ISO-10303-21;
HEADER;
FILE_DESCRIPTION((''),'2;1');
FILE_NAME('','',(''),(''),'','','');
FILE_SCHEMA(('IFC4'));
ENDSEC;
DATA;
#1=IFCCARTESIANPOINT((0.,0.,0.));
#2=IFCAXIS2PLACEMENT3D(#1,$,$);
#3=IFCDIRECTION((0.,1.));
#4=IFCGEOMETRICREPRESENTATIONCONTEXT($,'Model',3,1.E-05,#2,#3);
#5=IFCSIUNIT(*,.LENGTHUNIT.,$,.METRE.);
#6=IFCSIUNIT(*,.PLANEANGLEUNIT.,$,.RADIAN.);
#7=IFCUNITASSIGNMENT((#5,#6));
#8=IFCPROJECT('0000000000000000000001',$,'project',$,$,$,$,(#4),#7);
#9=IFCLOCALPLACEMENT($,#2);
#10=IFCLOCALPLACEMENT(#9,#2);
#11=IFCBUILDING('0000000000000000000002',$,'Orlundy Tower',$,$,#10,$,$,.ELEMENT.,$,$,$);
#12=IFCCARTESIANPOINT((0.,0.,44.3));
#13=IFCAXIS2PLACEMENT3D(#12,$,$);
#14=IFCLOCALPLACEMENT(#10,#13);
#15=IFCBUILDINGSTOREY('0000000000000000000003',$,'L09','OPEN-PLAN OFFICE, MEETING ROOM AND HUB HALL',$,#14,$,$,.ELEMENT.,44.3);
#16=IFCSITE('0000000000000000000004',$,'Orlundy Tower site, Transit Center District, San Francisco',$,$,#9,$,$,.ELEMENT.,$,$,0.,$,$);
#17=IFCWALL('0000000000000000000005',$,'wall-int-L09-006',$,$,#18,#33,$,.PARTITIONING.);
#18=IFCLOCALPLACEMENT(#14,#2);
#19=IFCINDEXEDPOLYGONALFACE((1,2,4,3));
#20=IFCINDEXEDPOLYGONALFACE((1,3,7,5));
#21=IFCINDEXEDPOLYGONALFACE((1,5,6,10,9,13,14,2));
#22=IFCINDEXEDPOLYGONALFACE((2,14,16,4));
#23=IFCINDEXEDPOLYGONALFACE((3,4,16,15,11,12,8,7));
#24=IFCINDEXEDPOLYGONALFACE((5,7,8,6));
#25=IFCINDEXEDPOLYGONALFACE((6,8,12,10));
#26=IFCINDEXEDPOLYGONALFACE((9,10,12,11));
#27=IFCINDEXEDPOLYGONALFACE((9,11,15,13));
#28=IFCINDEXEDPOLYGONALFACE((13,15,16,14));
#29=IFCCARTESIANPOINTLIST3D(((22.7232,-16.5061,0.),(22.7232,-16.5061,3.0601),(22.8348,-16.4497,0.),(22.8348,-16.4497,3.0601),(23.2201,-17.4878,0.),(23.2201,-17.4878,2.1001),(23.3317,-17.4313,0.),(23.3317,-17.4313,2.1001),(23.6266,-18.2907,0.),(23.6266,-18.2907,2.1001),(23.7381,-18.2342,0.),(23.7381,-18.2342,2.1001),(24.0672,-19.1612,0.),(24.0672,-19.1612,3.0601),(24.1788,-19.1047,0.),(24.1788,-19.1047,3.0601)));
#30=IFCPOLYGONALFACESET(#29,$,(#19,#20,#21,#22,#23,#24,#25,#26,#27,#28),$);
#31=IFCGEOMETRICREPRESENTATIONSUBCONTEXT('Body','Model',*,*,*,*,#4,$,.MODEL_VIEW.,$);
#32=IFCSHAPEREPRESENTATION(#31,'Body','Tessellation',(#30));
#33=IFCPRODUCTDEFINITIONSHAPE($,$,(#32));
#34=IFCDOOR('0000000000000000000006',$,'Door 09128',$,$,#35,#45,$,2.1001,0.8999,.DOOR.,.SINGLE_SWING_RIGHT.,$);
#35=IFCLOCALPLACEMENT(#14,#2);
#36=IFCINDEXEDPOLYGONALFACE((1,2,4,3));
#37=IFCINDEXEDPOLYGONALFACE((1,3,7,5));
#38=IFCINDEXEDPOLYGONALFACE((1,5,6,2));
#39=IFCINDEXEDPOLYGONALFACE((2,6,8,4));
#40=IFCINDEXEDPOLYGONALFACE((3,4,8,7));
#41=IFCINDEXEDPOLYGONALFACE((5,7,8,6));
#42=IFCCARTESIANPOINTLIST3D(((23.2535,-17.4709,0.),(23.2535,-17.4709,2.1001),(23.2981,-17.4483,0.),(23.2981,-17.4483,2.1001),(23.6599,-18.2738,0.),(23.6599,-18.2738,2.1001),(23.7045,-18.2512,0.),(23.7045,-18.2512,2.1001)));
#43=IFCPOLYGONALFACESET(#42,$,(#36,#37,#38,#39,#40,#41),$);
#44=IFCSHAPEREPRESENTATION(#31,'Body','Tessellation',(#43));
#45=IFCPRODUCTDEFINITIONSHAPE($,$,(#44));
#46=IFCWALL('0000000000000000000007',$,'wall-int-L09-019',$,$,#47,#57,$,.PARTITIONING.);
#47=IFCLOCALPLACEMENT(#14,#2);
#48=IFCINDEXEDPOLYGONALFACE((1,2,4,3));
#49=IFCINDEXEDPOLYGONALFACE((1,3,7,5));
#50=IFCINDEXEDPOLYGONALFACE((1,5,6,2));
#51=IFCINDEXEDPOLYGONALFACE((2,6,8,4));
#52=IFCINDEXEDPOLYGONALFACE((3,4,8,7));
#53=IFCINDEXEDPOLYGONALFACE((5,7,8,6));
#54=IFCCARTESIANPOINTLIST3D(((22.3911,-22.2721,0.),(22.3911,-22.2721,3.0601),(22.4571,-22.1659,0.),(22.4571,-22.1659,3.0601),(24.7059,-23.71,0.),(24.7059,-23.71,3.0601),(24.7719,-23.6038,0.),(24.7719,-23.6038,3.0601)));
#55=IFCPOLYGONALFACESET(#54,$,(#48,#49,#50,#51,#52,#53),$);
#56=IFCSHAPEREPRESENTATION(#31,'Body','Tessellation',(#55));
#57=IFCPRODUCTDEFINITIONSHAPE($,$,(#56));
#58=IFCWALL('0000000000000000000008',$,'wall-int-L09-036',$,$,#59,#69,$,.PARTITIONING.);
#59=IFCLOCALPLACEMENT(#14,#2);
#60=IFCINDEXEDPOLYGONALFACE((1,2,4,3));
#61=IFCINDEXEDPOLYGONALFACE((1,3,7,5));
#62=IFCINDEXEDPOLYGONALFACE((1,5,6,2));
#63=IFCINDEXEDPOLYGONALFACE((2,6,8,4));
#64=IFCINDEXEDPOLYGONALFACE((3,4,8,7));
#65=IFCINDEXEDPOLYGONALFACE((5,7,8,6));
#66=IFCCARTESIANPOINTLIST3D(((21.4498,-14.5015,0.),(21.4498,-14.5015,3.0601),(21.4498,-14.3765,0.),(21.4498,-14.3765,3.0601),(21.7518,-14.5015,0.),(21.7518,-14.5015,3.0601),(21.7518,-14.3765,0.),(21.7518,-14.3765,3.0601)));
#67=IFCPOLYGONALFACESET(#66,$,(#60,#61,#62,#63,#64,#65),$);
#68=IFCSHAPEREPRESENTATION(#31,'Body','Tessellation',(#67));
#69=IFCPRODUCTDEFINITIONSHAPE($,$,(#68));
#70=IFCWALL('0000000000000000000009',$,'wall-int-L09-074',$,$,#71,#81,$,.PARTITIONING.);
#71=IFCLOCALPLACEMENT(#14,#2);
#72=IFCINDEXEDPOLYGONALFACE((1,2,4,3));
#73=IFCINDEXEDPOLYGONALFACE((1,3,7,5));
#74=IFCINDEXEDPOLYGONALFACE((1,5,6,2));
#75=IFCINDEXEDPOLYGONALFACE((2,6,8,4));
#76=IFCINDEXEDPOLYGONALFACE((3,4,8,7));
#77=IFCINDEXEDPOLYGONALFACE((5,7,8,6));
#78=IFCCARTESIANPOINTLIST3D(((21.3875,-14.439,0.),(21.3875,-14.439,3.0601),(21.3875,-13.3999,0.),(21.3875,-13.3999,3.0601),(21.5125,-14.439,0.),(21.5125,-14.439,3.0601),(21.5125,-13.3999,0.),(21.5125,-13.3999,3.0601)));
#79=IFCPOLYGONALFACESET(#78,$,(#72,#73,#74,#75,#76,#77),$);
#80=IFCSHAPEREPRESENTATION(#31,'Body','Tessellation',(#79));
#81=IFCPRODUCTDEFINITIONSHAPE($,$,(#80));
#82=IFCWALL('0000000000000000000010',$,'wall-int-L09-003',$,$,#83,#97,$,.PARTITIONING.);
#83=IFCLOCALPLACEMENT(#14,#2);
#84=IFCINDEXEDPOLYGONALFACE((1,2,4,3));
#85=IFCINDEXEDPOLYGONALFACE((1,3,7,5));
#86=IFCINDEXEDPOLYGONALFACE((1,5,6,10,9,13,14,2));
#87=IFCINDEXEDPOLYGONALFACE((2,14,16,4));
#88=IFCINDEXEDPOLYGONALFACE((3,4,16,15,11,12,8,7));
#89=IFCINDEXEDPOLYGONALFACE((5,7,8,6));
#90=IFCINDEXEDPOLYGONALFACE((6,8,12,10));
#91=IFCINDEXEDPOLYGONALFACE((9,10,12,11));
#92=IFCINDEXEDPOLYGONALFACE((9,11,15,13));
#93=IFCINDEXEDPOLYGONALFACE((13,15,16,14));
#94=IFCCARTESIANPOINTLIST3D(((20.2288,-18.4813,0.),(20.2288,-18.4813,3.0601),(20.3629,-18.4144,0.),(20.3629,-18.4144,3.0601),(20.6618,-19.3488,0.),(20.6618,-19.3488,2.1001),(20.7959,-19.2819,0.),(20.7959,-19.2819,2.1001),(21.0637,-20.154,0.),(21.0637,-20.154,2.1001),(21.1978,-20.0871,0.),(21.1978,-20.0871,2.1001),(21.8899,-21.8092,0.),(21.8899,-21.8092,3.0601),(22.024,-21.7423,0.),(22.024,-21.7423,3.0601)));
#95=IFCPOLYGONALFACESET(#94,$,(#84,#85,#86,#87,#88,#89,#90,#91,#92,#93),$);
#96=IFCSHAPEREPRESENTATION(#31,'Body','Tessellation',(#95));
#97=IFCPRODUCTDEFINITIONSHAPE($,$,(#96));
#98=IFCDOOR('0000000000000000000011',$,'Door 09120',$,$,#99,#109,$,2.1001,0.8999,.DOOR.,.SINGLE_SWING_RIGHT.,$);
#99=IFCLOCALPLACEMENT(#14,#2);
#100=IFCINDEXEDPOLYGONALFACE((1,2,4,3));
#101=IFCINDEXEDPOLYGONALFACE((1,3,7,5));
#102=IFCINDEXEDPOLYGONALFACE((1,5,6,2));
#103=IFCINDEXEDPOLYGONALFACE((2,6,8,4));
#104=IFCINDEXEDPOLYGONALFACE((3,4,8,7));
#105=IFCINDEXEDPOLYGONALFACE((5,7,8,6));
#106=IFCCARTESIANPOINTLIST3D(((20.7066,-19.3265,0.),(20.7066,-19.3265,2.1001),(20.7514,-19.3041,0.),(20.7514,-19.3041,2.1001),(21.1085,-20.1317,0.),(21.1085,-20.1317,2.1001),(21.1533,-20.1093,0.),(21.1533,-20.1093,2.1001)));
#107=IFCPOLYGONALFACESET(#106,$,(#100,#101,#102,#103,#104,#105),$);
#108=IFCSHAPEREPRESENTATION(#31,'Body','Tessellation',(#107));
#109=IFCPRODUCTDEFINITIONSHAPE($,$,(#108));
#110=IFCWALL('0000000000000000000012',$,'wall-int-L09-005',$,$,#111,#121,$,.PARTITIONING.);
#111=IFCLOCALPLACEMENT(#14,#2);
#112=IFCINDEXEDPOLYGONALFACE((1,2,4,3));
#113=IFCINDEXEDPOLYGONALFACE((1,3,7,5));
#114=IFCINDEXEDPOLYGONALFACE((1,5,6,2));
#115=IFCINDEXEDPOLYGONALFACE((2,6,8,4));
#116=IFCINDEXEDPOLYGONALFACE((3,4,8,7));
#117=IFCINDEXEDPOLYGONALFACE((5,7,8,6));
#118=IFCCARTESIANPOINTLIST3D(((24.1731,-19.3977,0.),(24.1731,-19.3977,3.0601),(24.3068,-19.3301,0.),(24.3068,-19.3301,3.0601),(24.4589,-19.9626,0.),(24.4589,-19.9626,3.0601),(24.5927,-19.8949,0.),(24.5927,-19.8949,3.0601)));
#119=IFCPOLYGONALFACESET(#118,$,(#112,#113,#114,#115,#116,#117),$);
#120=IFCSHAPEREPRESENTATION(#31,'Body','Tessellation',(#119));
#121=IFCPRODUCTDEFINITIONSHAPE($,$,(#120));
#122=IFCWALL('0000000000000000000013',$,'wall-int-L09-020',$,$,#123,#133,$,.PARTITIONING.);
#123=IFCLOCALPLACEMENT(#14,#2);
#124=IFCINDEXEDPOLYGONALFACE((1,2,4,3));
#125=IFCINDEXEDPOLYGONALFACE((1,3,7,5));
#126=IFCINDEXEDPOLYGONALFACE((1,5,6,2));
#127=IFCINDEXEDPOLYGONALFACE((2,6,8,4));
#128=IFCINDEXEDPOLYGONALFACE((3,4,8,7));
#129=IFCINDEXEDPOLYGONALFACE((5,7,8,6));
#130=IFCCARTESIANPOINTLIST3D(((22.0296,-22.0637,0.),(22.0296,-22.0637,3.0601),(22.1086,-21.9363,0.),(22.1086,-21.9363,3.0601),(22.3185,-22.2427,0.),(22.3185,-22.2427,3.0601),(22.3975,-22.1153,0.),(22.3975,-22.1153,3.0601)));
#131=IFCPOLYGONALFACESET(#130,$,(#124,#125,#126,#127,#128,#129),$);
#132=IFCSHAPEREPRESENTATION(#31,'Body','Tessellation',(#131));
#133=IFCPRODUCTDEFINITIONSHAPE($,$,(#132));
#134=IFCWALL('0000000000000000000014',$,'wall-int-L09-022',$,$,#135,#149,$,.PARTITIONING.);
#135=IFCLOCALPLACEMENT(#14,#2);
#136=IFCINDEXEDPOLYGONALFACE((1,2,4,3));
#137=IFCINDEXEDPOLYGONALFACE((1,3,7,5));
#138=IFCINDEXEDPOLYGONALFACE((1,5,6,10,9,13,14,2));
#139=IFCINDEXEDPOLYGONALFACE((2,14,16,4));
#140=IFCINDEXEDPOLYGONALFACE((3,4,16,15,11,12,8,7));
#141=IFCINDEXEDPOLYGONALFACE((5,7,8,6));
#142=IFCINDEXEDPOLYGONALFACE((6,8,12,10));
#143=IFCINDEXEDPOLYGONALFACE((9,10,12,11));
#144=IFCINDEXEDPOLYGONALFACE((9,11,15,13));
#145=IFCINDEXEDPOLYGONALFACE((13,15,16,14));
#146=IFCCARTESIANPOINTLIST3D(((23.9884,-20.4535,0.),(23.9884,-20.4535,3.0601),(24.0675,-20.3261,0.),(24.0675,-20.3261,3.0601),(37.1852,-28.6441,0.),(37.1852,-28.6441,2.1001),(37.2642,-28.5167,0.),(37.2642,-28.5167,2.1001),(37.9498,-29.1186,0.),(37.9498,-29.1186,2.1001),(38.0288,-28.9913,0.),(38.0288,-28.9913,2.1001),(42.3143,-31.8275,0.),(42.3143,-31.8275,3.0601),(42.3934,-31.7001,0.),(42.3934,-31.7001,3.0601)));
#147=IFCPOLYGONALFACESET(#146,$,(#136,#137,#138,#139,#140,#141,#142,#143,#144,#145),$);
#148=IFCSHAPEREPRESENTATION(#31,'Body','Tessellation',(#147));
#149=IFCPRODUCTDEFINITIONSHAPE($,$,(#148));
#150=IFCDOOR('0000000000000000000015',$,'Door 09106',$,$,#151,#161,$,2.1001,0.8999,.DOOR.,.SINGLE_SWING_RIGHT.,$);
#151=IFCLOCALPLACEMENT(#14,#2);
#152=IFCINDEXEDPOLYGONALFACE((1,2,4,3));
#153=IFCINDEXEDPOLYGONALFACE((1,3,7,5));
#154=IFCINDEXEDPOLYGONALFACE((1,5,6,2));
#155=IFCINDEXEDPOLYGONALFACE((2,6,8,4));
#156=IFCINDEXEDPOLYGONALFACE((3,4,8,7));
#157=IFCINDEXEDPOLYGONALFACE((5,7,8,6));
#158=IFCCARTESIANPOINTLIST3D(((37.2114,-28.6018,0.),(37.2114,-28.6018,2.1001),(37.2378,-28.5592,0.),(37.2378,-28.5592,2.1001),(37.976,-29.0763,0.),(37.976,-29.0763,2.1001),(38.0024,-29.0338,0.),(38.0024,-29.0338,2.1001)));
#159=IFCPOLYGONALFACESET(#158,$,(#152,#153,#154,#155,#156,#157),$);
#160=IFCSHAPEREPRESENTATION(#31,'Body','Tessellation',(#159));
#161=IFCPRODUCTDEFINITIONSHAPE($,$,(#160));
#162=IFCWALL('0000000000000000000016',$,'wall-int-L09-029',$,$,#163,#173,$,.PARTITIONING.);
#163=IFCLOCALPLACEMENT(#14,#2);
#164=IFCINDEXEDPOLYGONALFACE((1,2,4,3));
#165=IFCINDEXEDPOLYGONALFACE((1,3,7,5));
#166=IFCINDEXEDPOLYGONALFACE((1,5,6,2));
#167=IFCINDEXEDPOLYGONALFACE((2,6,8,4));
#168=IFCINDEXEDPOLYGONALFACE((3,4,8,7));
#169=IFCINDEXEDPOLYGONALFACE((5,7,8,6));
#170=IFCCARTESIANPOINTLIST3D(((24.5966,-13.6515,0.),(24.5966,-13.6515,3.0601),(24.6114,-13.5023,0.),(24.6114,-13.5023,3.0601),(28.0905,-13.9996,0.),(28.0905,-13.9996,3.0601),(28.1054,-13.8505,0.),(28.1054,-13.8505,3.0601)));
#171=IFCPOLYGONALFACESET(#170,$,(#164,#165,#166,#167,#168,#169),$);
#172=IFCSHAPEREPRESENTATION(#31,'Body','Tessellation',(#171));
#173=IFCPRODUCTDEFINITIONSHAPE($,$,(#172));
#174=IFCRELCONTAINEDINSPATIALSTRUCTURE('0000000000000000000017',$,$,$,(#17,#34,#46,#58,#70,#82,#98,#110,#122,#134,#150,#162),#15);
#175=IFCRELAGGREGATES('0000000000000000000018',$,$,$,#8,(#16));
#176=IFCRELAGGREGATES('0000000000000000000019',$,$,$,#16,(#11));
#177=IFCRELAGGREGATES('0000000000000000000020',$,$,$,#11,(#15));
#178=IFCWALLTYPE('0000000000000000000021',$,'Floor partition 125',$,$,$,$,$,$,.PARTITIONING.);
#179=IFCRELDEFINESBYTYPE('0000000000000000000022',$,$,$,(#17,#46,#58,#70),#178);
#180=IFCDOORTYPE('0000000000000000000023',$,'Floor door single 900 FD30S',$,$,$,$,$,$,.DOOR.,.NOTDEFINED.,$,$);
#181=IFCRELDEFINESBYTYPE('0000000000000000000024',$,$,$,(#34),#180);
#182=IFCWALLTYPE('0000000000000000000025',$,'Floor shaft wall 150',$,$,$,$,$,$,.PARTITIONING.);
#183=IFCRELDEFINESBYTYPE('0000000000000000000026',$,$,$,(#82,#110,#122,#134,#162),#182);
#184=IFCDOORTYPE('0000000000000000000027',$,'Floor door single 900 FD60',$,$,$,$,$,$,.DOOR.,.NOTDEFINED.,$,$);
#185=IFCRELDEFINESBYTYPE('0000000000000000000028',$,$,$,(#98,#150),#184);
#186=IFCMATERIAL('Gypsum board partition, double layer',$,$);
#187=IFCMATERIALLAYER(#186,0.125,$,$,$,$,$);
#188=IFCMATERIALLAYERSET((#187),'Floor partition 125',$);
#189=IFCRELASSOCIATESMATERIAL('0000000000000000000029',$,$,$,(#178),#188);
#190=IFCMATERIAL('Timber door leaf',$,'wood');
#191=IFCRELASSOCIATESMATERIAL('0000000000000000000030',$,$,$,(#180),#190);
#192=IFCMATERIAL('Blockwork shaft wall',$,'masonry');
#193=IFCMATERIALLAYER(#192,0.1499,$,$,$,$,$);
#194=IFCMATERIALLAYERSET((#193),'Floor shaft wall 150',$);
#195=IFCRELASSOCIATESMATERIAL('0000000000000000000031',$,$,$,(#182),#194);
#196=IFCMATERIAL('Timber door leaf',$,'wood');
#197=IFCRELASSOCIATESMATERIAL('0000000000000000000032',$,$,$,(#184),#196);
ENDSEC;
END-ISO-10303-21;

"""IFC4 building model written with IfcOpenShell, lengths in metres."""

from ifc_helpers import new_model, si_unit, direction, frame, frame_2d, origin, place, context, subcontext, project, spatial, rectangle, extrude, material, layer, layer_set, type_object, element, fill, save


model = new_model("IFC4")

# Units and contexts
model_context = context("Model", 3, precision=1e-05, world=origin(), true_north=direction((0.0, 1.0)))
body_context = subcontext(model_context, "Body", "Model", "MODEL_VIEW")
ifc_project = project(units=[si_unit("LENGTHUNIT", "METRE"), si_unit("PLANEANGLEUNIT", "RADIAN")], contexts=[model_context])

# Site, building, storey
site_placement = place(None, origin())
site = spatial("IfcSite", under=ifc_project, at=site_placement, Name="Orlundy Tower site, Transit Center District, San Francisco", CompositionType="ELEMENT", RefElevation=0.0)
building_placement = place(site_placement, origin())
building = spatial("IfcBuilding", under=site, at=building_placement, Name="Orlundy Tower", CompositionType="ELEMENT")
storey_placement = place(building_placement, frame((0.0, 0.0, 44.3)))
storey = spatial("IfcBuildingStorey", under=building, at=storey_placement, Name="L09", Description="OPEN-PLAN OFFICE, MEETING ROOM AND HUB HALL", CompositionType="ELEMENT", Elevation=44.3)

# Shared definitions
ifc_material_1 = material(Name="Gypsum board partition, double layer")
ifc_layer_1 = layer(ifc_material_1, 0.125)
ifc_layer_set_1 = layer_set([ifc_layer_1], Name="Floor partition 125")
wall_type_1 = type_object("IfcWallType", Name="Floor partition 125", PredefinedType="PARTITIONING", material=ifc_layer_set_1)

# Wall, opening, door
wall_1_placement = place(storey_placement, frame((22.7791, -16.478, 0.0), z_axis=(0.0, 0.0, 1.0), x_axis=(0.451638, -0.892201, 0.0)))
wall_1 = element("IfcWall", 1, at=wall_1_placement, inside=storey, type_object=wall_type_1, Name="wall-int-L09-006", PredefinedType="PARTITIONING", context=body_context, shape_type="SweptSolid", body=[
    extrude(rectangle(XDim=2.9758, YDim=0.125, at=frame_2d((1.4878, 0.0))), origin(), (0.0, 0.0, 1.0), 3.0601),
])
opening_1_placement = place(wall_1_placement, frame((1.1001, 0.0, 0.0)))
opening_1 = element("IfcOpeningElement", 2, at=opening_1_placement, cuts=wall_1, PredefinedType="OPENING", context=body_context, shape_type="SweptSolid", body=[
    extrude(rectangle(XDim=0.8999, YDim=2.1001, at=frame_2d((0.45, 1.05))), frame((0.0, 0.0725, 0.0), z_axis=(0.0, -1.0, 0.0), x_axis=(1.0, 0.0, 0.0)), (0.0, 0.0, 1.0), 0.145),
])
ifc_material_2 = material(Name="Timber door leaf", Category="wood")
door_type_1 = type_object("IfcDoorType", Name="Floor door single 900 FD30S", OperationType="NOTDEFINED", PredefinedType="DOOR", material=ifc_material_2)
door_1_placement = place(opening_1_placement, origin())
door_1 = element("IfcDoor", 3, at=door_1_placement, inside=storey, type_object=door_type_1, Name="Door 09128", OperationType="SINGLE_SWING_RIGHT", OverallHeight=2.1001, OverallWidth=0.8999, PredefinedType="DOOR", context=body_context, shape_type="SweptSolid", body=[
    extrude(rectangle(XDim=0.8999, YDim=2.1001, at=frame_2d((0.45, 1.05))), frame((0.0, 0.0249, 0.0), z_axis=(0.0, -1.0, 0.0), x_axis=(1.0, 0.0, 0.0)), (0.0, 0.0, 1.0), 0.05),
])
fill(opening_1, door_1)

# Walls
wall_2_placement = place(storey_placement, frame((22.4241, -22.219, 0.0), z_axis=(0.0, 0.0, 1.0), x_axis=(0.849455, -0.527662, 0.0)))
element("IfcWall", 4, at=wall_2_placement, inside=storey, type_object=wall_type_1, Name="wall-int-L09-019", PredefinedType="PARTITIONING", context=body_context, shape_type="SweptSolid", body=[
    extrude(rectangle(XDim=2.7251, YDim=0.125, at=frame_2d((1.3625, 0.0))), origin(), (0.0, 0.0, 1.0), 3.0601),
])
wall_3_placement = place(storey_placement, frame((21.45, -14.439, 0.0), z_axis=(0.0, 0.0, 1.0), x_axis=(1.0, 0.0, 0.0)))
element("IfcWall", 5, at=wall_3_placement, inside=storey, type_object=wall_type_1, Name="wall-int-L09-036", PredefinedType="PARTITIONING", context=body_context, shape_type="SweptSolid", body=[
    extrude(rectangle(XDim=0.302, YDim=0.125, at=frame_2d((0.1509, 0.0))), origin(), (0.0, 0.0, 1.0), 3.0601),
])
wall_4_placement = place(storey_placement, frame((21.45, -14.439, 0.0), z_axis=(0.0, 0.0, 1.0), x_axis=(0.0, 1.0, 0.0)))
element("IfcWall", 6, at=wall_4_placement, inside=storey, type_object=wall_type_1, Name="wall-int-L09-074", PredefinedType="PARTITIONING", context=body_context, shape_type="SweptSolid", body=[
    extrude(rectangle(XDim=1.0391, YDim=0.125, at=frame_2d((0.5195, 0.0))), origin(), (0.0, 0.0, 1.0), 3.0601),
])

# Wall, opening, door
ifc_material_3 = material(Name="Blockwork shaft wall", Category="masonry")
ifc_layer_2 = layer(ifc_material_3, 0.1499)
ifc_layer_set_2 = layer_set([ifc_layer_2], Name="Floor shaft wall 150")
wall_type_2 = type_object("IfcWallType", Name="Floor shaft wall 150", PredefinedType="PARTITIONING", material=ifc_layer_set_2)
wall_5_placement = place(storey_placement, frame((21.957, -21.7759, 0.0), z_axis=(0.0, 0.0, 1.0), x_axis=(-0.44661, 0.894729, 0.0)))
wall_5 = element("IfcWall", 7, at=wall_5_placement, inside=storey, type_object=wall_type_2, Name="wall-int-L09-003", PredefinedType="PARTITIONING", context=body_context, shape_type="SweptSolid", body=[
    extrude(rectangle(XDim=3.7195, YDim=0.1499, at=frame_2d((1.8599, 0.0))), origin(), (0.0, 0.0, 1.0), 3.0601),
])
opening_2_placement = place(wall_5_placement, frame((1.8501, 0.0, 0.0)))
opening_2 = element("IfcOpeningElement", 8, at=opening_2_placement, cuts=wall_5, PredefinedType="OPENING", context=body_context, shape_type="SweptSolid", body=[
    extrude(rectangle(XDim=0.8999, YDim=2.1001, at=frame_2d((0.45, 1.05))), frame((0.0, 0.085, 0.0), z_axis=(0.0, -1.0, 0.0), x_axis=(1.0, 0.0, 0.0)), (0.0, 0.0, 1.0), 0.1699),
])
ifc_material_4 = material(Name="Timber door leaf", Category="wood")
door_type_2 = type_object("IfcDoorType", Name="Floor door single 900 FD60", OperationType="NOTDEFINED", PredefinedType="DOOR", material=ifc_material_4)
door_2_placement = place(opening_2_placement, origin())
door_2 = element("IfcDoor", 9, at=door_2_placement, inside=storey, type_object=door_type_2, Name="Door 09120", OperationType="SINGLE_SWING_RIGHT", OverallHeight=2.1001, OverallWidth=0.8999, PredefinedType="DOOR", context=body_context, shape_type="SweptSolid", body=[
    extrude(rectangle(XDim=0.8999, YDim=2.1001, at=frame_2d((0.45, 1.05))), frame((0.0, 0.0249, 0.0), z_axis=(0.0, -1.0, 0.0), x_axis=(1.0, 0.0, 0.0)), (0.0, 0.0, 1.0), 0.05),
])
fill(opening_2, door_2)

# Walls
wall_6_placement = place(storey_placement, frame((24.24, -19.364, 0.0), z_axis=(0.0, 0.0, 1.0), x_axis=(0.451527, -0.892257, 0.0)))
element("IfcWall", 10, at=wall_6_placement, inside=storey, type_object=wall_type_2, Name="wall-int-L09-005", PredefinedType="PARTITIONING", context=body_context, shape_type="SweptSolid", body=[
    extrude(rectangle(XDim=0.6331, YDim=0.1499, at=frame_2d((0.3164, 0.0))), origin(), (0.0, 0.0, 1.0), 3.0601),
])
wall_7_placement = place(storey_placement, frame((22.0691, -22.0, 0.0), z_axis=(0.0, 0.0, 1.0), x_axis=(0.850051, -0.526701, 0.0)))
element("IfcWall", 11, at=wall_7_placement, inside=storey, type_object=wall_type_2, Name="wall-int-L09-020", PredefinedType="PARTITIONING", context=body_context, shape_type="SweptSolid", body=[
    extrude(rectangle(XDim=0.3398, YDim=0.1499, at=frame_2d((0.1699, 0.0))), origin(), (0.0, 0.0, 1.0), 3.0601),
])

# Wall, opening, door
wall_8_placement = place(storey_placement, frame((24.0281, -20.3899, 0.0), z_axis=(0.0, 0.0, 1.0), x_axis=(0.849655, -0.52734, 0.0)))
wall_8 = element("IfcWall", 12, at=wall_8_placement, inside=storey, type_object=wall_type_2, Name="wall-int-L09-022", PredefinedType="PARTITIONING", context=body_context, shape_type="SweptSolid", body=[
    extrude(rectangle(XDim=21.5686, YDim=0.1499, at=frame_2d((10.7842, 0.0))), origin(), (0.0, 0.0, 1.0), 3.0601),
])
opening_3_placement = place(wall_8_placement, frame((15.5317, 0.0, 0.0)))
opening_3 = element("IfcOpeningElement", 13, at=opening_3_placement, cuts=wall_8, PredefinedType="OPENING", context=body_context, shape_type="SweptSolid", body=[
    extrude(rectangle(XDim=0.8999, YDim=2.1001, at=frame_2d((0.45, 1.05))), frame((0.0, 0.085, 0.0), z_axis=(0.0, -1.0, 0.0), x_axis=(1.0, 0.0, 0.0)), (0.0, 0.0, 1.0), 0.1699),
])
door_3_placement = place(opening_3_placement, origin())
door_3 = element("IfcDoor", 14, at=door_3_placement, inside=storey, type_object=door_type_2, Name="Door 09106", OperationType="SINGLE_SWING_RIGHT", OverallHeight=2.1001, OverallWidth=0.8999, PredefinedType="DOOR", context=body_context, shape_type="SweptSolid", body=[
    extrude(rectangle(XDim=0.8999, YDim=2.1001, at=frame_2d((0.45, 1.05))), frame((0.0, 0.0249, 0.0), z_axis=(0.0, -1.0, 0.0), x_axis=(1.0, 0.0, 0.0)), (0.0, 0.0, 1.0), 0.05),
])
fill(opening_3, door_3)

# Wall
wall_9_placement = place(storey_placement, frame((24.604, -13.5769, 0.0), z_axis=(0.0, 0.0, 1.0), x_axis=(0.995072, -0.099153, 0.0)))
element("IfcWall", 15, at=wall_9_placement, inside=storey, type_object=wall_type_2, Name="wall-int-L09-029", PredefinedType="PARTITIONING", context=body_context, shape_type="SweptSolid", body=[
    extrude(rectangle(XDim=3.5112, YDim=0.1499, at=frame_2d((1.7556, 0.0))), origin(), (0.0, 0.0, 1.0), 3.0601),
])

save(model, "model.ifc")
